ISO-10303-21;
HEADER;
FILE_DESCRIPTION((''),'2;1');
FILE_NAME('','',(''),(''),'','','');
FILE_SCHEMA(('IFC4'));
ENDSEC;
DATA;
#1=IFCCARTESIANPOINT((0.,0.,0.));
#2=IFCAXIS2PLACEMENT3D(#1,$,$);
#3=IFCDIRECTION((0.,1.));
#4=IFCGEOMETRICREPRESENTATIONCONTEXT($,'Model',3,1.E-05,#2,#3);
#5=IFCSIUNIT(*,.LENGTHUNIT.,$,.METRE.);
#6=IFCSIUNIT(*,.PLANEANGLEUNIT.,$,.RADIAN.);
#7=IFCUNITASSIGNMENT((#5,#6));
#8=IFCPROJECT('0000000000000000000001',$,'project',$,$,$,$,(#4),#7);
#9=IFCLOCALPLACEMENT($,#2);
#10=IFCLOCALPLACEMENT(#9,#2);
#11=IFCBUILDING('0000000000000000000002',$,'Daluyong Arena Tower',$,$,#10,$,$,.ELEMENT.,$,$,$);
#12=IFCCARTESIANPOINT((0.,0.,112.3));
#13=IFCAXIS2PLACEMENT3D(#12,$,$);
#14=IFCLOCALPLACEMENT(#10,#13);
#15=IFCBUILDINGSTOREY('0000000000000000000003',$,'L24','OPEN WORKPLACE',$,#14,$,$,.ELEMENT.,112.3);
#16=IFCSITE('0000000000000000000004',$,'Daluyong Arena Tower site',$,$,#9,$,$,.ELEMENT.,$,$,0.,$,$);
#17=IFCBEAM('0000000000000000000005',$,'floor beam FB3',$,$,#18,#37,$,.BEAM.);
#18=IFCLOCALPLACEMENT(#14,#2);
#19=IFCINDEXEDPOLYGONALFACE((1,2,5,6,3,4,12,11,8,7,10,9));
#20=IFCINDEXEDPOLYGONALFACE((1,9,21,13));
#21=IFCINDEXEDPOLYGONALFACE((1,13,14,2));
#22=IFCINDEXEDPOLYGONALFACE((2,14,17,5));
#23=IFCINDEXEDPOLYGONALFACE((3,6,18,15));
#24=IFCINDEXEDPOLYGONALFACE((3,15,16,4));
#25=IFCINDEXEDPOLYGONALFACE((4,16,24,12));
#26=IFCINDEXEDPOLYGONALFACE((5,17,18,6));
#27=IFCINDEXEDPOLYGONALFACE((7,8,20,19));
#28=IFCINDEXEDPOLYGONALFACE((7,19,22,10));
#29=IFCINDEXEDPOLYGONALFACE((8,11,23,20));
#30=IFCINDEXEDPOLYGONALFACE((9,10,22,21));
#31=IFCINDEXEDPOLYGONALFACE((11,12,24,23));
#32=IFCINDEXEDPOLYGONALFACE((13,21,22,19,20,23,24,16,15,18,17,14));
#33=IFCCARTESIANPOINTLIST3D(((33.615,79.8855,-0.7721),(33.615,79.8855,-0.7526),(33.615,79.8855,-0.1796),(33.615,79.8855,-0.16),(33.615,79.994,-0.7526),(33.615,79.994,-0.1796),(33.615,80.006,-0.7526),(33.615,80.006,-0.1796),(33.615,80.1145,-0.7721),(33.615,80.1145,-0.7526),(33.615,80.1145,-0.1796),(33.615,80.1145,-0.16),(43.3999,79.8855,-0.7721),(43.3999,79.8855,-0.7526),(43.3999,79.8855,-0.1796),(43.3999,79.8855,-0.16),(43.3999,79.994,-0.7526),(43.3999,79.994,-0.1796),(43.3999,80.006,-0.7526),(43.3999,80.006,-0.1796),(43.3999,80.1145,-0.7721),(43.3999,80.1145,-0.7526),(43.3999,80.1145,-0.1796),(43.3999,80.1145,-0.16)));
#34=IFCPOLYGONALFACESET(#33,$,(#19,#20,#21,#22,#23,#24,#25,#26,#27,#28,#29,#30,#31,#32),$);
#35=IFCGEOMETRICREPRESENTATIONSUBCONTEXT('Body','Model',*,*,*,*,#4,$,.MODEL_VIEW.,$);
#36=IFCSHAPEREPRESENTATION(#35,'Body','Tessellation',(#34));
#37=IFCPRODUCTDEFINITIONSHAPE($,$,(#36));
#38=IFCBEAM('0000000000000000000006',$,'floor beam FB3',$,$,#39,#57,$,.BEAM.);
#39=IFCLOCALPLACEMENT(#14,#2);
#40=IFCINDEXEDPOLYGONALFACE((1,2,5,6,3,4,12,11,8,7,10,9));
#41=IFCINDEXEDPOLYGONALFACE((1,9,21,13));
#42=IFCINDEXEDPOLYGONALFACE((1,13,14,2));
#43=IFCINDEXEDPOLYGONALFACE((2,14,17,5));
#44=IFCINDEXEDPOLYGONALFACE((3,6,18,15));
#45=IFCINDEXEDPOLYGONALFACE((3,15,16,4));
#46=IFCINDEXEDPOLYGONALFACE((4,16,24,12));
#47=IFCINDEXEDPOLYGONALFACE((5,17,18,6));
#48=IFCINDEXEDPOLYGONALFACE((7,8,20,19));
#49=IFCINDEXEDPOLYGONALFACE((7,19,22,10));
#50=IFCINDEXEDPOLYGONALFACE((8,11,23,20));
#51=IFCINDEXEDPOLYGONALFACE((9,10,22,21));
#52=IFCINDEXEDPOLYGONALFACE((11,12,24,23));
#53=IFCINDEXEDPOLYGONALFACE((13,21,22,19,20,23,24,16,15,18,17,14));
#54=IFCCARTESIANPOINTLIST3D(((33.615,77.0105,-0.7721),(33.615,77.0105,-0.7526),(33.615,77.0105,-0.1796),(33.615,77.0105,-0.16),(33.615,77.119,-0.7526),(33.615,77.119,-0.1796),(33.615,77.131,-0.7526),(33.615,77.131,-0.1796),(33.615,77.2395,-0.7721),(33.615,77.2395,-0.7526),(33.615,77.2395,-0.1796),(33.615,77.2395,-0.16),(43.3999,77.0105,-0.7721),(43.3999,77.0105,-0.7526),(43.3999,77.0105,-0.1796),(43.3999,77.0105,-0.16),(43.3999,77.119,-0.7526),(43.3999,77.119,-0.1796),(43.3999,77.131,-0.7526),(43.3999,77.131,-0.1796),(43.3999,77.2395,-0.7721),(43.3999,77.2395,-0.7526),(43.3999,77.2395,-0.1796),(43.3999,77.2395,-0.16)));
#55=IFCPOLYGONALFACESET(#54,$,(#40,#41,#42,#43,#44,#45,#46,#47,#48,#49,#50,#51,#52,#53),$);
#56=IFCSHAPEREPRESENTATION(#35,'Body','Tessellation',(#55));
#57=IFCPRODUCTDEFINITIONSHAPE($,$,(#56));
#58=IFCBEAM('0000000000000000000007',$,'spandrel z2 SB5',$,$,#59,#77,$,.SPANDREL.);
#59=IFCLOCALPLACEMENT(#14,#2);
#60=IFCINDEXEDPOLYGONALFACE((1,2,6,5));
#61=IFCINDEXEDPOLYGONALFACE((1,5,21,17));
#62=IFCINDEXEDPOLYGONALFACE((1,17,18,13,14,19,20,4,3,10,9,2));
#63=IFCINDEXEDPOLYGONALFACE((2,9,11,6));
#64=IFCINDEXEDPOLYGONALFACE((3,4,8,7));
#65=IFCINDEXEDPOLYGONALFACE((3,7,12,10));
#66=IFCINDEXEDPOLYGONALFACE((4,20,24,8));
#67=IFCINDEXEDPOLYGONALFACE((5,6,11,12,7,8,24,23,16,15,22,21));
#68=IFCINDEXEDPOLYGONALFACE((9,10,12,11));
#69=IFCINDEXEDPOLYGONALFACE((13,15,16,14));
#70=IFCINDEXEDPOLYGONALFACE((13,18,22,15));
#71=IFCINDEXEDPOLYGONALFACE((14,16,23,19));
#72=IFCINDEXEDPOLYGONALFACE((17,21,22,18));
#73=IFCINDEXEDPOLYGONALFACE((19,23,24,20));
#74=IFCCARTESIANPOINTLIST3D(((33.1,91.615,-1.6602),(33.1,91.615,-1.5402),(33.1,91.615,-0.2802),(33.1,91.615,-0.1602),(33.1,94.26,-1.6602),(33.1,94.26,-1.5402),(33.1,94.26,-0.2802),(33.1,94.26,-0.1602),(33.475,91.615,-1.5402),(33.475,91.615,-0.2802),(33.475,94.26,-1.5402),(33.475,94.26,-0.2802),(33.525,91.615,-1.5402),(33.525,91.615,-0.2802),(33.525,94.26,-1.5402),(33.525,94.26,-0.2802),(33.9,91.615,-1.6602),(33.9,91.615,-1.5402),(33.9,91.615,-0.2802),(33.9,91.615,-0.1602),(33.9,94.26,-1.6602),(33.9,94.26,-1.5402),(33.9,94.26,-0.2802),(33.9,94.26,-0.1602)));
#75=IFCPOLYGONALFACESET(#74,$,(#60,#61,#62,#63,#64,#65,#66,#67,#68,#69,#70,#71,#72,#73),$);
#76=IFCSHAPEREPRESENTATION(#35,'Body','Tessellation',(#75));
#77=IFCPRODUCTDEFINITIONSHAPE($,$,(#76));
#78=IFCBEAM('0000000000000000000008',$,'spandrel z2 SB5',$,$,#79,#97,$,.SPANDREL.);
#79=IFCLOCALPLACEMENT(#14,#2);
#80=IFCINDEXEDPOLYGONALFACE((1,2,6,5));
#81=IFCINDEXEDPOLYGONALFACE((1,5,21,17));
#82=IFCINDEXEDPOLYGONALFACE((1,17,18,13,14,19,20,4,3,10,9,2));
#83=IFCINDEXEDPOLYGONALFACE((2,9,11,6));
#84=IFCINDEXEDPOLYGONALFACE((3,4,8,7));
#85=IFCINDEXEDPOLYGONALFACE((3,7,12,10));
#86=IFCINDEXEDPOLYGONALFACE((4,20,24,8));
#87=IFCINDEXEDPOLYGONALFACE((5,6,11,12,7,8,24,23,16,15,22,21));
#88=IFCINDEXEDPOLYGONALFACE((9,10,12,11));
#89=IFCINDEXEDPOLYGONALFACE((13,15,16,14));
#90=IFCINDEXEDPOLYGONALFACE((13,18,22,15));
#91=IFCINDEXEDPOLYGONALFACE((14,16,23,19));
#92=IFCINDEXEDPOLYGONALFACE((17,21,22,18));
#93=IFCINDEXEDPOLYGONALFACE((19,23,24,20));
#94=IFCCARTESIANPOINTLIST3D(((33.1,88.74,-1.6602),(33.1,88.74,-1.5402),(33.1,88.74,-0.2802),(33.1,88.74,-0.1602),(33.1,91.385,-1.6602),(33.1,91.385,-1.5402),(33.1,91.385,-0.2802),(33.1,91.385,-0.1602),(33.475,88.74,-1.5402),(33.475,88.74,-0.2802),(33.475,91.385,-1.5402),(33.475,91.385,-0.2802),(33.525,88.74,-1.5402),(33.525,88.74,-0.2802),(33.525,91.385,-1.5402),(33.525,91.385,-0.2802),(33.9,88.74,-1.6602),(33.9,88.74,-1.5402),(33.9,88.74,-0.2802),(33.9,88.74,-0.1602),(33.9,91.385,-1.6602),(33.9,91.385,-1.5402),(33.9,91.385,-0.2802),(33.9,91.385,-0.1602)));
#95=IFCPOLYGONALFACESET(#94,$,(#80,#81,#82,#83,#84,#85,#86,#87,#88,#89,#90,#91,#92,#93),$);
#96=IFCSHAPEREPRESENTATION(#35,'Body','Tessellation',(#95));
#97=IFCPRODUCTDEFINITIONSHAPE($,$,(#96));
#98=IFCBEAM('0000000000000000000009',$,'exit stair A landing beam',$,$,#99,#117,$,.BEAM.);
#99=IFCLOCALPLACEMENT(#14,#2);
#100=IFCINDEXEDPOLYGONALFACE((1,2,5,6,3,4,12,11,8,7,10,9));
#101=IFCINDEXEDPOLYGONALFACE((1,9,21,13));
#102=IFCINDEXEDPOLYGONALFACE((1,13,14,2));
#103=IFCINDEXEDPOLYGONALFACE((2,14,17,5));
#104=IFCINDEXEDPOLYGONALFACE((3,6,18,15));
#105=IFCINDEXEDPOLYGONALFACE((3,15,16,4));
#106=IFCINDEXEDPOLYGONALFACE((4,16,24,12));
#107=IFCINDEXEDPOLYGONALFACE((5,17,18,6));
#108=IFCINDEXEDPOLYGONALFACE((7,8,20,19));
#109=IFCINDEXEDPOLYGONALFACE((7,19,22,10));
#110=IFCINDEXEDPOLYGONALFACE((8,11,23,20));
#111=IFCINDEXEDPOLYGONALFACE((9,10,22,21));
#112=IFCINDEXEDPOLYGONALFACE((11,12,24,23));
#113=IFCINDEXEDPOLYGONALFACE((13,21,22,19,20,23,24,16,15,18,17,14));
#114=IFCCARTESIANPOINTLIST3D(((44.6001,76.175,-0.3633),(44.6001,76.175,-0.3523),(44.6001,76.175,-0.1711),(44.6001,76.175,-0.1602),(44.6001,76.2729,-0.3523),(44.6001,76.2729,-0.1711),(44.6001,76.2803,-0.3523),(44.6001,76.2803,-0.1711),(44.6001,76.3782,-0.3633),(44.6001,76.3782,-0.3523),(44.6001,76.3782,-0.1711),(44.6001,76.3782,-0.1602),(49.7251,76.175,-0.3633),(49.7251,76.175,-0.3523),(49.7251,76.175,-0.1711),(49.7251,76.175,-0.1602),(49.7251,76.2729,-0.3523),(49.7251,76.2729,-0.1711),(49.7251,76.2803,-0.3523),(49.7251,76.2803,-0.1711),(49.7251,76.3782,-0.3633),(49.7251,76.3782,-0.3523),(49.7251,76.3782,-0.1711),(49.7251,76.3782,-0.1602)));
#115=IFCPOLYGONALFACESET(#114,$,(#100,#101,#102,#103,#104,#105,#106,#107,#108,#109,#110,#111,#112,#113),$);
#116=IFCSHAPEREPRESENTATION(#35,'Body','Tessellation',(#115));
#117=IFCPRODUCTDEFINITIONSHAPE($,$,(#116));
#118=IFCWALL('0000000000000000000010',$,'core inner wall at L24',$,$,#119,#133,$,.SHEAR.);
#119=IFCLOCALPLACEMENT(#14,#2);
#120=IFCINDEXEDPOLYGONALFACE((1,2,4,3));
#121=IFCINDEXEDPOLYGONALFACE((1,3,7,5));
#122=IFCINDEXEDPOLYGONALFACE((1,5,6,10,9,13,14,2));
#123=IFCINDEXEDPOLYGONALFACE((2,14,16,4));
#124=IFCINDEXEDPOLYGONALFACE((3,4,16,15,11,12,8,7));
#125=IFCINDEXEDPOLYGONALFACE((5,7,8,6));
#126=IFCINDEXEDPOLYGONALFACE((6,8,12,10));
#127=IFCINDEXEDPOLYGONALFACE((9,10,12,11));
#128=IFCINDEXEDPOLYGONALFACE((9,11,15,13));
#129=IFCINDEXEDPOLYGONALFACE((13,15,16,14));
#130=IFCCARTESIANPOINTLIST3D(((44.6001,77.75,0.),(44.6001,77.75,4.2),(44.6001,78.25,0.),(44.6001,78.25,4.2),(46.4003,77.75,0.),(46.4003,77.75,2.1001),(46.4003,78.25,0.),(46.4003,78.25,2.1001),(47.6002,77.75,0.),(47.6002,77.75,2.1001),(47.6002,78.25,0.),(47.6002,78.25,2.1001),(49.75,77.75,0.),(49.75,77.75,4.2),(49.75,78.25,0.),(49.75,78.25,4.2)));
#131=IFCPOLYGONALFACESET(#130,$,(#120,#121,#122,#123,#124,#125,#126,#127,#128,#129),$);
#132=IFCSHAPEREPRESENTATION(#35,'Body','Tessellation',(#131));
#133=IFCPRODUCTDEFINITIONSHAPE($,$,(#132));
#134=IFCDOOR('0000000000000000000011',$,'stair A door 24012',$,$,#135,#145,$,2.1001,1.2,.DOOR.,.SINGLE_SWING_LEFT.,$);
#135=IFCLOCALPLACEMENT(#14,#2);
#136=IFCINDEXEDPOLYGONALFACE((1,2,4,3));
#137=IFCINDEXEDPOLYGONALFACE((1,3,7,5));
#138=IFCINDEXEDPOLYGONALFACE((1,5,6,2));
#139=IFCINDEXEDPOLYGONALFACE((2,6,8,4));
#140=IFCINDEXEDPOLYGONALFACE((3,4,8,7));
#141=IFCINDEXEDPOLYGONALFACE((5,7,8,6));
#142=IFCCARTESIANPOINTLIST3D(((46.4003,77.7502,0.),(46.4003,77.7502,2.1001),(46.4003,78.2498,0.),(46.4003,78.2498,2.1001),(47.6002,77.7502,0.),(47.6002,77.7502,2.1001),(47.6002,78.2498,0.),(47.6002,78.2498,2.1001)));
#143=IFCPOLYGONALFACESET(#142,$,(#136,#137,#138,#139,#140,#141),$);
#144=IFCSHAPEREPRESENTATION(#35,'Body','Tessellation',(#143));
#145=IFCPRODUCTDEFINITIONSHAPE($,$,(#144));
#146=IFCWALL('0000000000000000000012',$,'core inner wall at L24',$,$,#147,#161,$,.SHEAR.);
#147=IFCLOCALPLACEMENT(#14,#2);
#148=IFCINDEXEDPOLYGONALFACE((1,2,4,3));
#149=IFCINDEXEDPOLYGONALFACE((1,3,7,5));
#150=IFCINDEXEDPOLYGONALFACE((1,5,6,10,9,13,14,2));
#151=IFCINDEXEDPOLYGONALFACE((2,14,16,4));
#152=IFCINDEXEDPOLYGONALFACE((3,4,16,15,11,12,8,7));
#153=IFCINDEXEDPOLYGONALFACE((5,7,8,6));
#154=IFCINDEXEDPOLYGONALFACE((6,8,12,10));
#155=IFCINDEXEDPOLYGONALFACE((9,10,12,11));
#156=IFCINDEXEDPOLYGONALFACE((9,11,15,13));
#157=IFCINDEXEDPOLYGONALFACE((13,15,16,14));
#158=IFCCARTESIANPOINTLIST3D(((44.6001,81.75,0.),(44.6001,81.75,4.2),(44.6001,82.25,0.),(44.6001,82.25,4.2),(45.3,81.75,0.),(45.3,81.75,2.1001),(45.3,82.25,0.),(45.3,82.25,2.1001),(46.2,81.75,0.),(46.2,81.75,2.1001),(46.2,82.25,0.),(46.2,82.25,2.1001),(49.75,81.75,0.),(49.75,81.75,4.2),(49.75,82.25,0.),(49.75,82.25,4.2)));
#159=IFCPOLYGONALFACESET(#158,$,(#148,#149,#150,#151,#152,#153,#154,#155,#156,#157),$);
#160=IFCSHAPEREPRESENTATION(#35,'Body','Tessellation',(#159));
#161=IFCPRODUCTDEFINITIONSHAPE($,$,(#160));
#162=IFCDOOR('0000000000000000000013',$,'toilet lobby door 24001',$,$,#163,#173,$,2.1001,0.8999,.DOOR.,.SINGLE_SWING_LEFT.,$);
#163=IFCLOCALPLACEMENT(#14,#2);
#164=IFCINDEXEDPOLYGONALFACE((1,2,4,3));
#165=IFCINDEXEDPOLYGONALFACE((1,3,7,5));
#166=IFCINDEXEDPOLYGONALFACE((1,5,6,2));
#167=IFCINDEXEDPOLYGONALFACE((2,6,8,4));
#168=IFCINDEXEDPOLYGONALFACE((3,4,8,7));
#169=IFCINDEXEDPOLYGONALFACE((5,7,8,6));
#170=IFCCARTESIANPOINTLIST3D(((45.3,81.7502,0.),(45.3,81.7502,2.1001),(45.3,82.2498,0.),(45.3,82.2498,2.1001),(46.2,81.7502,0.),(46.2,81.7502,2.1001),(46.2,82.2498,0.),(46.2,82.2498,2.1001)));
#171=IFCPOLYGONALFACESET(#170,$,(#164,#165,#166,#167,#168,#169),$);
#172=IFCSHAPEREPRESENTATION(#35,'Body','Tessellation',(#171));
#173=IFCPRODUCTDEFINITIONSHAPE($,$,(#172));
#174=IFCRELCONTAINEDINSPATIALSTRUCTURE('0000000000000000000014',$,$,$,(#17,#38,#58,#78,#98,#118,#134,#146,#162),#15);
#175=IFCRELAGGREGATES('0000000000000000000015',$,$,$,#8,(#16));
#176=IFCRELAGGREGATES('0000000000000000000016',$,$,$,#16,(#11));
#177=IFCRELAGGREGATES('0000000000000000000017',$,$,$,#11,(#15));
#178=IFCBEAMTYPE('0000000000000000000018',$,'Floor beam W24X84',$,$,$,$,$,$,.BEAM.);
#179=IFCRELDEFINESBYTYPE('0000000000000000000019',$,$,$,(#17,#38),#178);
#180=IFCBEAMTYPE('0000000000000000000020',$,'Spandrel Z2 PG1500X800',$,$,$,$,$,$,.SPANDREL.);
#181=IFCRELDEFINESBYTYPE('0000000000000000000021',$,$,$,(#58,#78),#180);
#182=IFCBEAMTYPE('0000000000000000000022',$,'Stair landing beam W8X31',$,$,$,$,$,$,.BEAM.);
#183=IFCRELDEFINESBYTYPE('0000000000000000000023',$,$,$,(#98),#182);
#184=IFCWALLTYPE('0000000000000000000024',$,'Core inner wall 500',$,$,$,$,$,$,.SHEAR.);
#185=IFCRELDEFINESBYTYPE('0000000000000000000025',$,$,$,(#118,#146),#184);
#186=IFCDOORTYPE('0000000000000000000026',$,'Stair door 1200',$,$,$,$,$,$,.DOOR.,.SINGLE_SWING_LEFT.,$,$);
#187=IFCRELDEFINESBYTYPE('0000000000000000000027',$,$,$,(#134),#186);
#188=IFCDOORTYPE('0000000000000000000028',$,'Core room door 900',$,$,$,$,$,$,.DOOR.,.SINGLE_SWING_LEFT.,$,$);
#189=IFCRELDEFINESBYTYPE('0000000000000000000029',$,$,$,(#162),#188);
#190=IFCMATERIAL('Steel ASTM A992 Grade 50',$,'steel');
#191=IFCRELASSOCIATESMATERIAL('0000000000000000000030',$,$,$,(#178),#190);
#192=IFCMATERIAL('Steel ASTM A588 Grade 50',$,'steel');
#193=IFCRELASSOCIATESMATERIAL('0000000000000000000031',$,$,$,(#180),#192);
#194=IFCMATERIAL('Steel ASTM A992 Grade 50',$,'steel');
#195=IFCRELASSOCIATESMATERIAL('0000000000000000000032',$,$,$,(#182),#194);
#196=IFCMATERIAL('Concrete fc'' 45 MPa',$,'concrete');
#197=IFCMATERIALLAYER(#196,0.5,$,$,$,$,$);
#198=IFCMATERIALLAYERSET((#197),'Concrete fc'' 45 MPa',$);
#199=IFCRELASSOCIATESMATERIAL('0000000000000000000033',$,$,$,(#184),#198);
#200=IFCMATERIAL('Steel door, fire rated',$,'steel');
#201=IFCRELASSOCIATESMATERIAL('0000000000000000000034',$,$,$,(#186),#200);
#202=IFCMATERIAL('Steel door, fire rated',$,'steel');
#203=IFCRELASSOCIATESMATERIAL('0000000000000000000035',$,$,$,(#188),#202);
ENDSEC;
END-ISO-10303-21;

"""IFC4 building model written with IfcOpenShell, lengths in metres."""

from ifc_helpers import new_model, si_unit, direction, frame, frame_2d, origin, origin_2d, place, context, subcontext, project, spatial, rectangle, i_section, extrude, material, layer, layer_set, material_profile, profile_set, type_object, element, fill, save


model = new_model("IFC4")

# Units and contexts
model_context = context("Model", 3, precision=1e-05, world=origin(), true_north=direction((0.0, 1.0)))
body_context = subcontext(model_context, "Body", "Model", "MODEL_VIEW")
ifc_project = project(units=[si_unit("LENGTHUNIT", "METRE"), si_unit("PLANEANGLEUNIT", "RADIAN")], contexts=[model_context])

# Site, building, storey
site_placement = place(None, origin())
site = spatial("IfcSite", under=ifc_project, at=site_placement, Name="Daluyong Arena Tower site", CompositionType="ELEMENT", RefElevation=0.0)
building_placement = place(site_placement, origin())
building = spatial("IfcBuilding", under=site, at=building_placement, Name="Daluyong Arena Tower", CompositionType="ELEMENT")
storey_placement = place(building_placement, frame((0.0, 0.0, 112.3)))
storey = spatial("IfcBuildingStorey", under=building, at=storey_placement, Name="L24", Description="OPEN WORKPLACE", CompositionType="ELEMENT", Elevation=112.3)

# Beams
ifc_material_1 = material(Name="Steel ASTM A992 Grade 50", Category="steel")
ifc_material_profile_1 = material_profile(ifc_material_1, i_section(OverallWidth=0.229, OverallDepth=0.6121, WebThickness=0.012, FlangeThickness=0.0195, at=origin_2d()))
ifc_profile_set_1 = profile_set([ifc_material_profile_1], Name="Steel ASTM A992 Grade 50")
beam_type_1 = type_object("IfcBeamType", Name="Floor beam W24X84", PredefinedType="BEAM", material=ifc_profile_set_1)
for number, where, z_axis, x_axis, name in (
    (1, (33.615, 80.0, -0.4661), (1.0, 0.0, 0.0), (0.0, 1.0, 0.0), "floor beam FB3"),
    (2, (33.615, 77.125, -0.4661), (1.0, 0.0, 0.0), (0.0, 1.0, 0.0), "floor beam FB3"),
):
    element("IfcBeam", number, at=place(storey_placement, frame(where, z_axis=z_axis, x_axis=x_axis)), inside=storey, type_object=beam_type_1, Name=name, PredefinedType="BEAM", context=body_context, shape_type="SweptSolid", body=[
        extrude(i_section(OverallWidth=0.229, OverallDepth=0.6121, WebThickness=0.012, FlangeThickness=0.0195, at=origin_2d()), origin(), (0.0, 0.0, 1.0), 9.7849),
    ])
ifc_material_2 = material(Name="Steel ASTM A588 Grade 50", Category="steel")
ifc_material_profile_2 = material_profile(ifc_material_2, i_section(OverallWidth=0.8, OverallDepth=1.5, WebThickness=0.05, FlangeThickness=0.12, at=origin_2d()))
ifc_profile_set_2 = profile_set([ifc_material_profile_2], Name="Steel ASTM A588 Grade 50")
beam_type_2 = type_object("IfcBeamType", Name="Spandrel Z2 PG1500X800", PredefinedType="SPANDREL", material=ifc_profile_set_2)
for number, where, z_axis, x_axis, name in (
    (3, (33.5, 94.26, -0.9102), (0.0, -1.0, 0.0), (1.0, 0.0, 0.0), "spandrel z2 SB5"),
    (4, (33.5, 91.385, -0.9102), (0.0, -1.0, 0.0), (1.0, 0.0, 0.0), "spandrel z2 SB5"),
):
    element("IfcBeam", number, at=place(storey_placement, frame(where, z_axis=z_axis, x_axis=x_axis)), inside=storey, type_object=beam_type_2, Name=name, PredefinedType="SPANDREL", context=body_context, shape_type="SweptSolid", body=[
        extrude(i_section(OverallWidth=0.8, OverallDepth=1.5, WebThickness=0.05, FlangeThickness=0.12, at=origin_2d()), origin(), (0.0, 0.0, 1.0), 2.645),
    ])
ifc_material_3 = material(Name="Steel ASTM A992 Grade 50", Category="steel")
ifc_material_profile_3 = material_profile(ifc_material_3, i_section(OverallWidth=0.2031, OverallDepth=0.2031, WebThickness=0.0073, FlangeThickness=0.011, at=origin_2d()))
ifc_profile_set_3 = profile_set([ifc_material_profile_3], Name="Steel ASTM A992 Grade 50")
beam_type_3 = type_object("IfcBeamType", Name="Stair landing beam W8X31", PredefinedType="BEAM", material=ifc_profile_set_3)
beam_1_placement = place(storey_placement, frame((44.6001, 76.2766, -0.2617), z_axis=(1.0, 0.0, 0.0), x_axis=(0.0, 1.0, 0.0)))
element("IfcBeam", 5, at=beam_1_placement, inside=storey, type_object=beam_type_3, Name="exit stair A landing beam", PredefinedType="BEAM", context=body_context, shape_type="SweptSolid", body=[
    extrude(i_section(OverallWidth=0.2031, OverallDepth=0.2031, WebThickness=0.0073, FlangeThickness=0.011, at=origin_2d()), origin(), (0.0, 0.0, 1.0), 5.125),
])

# Walls, openings, doors
ifc_material_4 = material(Name="Concrete fc' 45 MPa", Category="concrete")
ifc_layer = layer(ifc_material_4, 0.5)
ifc_layer_set = layer_set([ifc_layer], Name="Concrete fc' 45 MPa")
wall_type = type_object("IfcWallType", Name="Core inner wall 500", PredefinedType="SHEAR", material=ifc_layer_set)
wall_1_placement = place(storey_placement, frame((44.6001, 78.0, 0.0), z_axis=(0.0, 0.0, 1.0), x_axis=(1.0, 0.0, 0.0)))
wall_1 = element("IfcWall", 6, at=wall_1_placement, inside=storey, type_object=wall_type, Name="core inner wall at L24", PredefinedType="SHEAR", context=body_context, shape_type="SweptSolid", body=[
    extrude(rectangle(XDim=5.1499, YDim=0.5, at=frame_2d((2.575, 0.0))), origin(), (0.0, 0.0, 1.0), 4.2),
])
opening_1_placement = place(wall_1_placement, frame((1.8, 0.0, 0.0)))
opening_1 = element("IfcOpeningElement", 7, at=opening_1_placement, cuts=wall_1, PredefinedType="OPENING", context=body_context, shape_type="SweptSolid", body=[
    extrude(rectangle(XDim=1.2, YDim=2.1001, at=frame_2d((0.6001, 1.05))), frame((0.0, 0.26, 0.0), z_axis=(0.0, -1.0, 0.0), x_axis=(1.0, 0.0, 0.0)), (0.0, 0.0, 1.0), 0.52),
])
ifc_material_5 = material(Name="Steel door, fire rated", Category="steel")
door_type_1 = type_object("IfcDoorType", Name="Stair door 1200", OperationType="SINGLE_SWING_LEFT", PredefinedType="DOOR", material=ifc_material_5)
door_1_placement = place(opening_1_placement, origin())
door_1 = element("IfcDoor", 8, at=door_1_placement, inside=storey, type_object=door_type_1, Name="stair A door 24012", OperationType="SINGLE_SWING_LEFT", OverallHeight=2.1001, OverallWidth=1.2, PredefinedType="DOOR", context=body_context, shape_type="SweptSolid", body=[
    extrude(rectangle(XDim=1.2, YDim=2.1001, at=frame_2d((0.6001, 1.05))), frame((0.0, 0.2498, 0.0), z_axis=(0.0, -1.0, 0.0), x_axis=(1.0, 0.0, 0.0)), (0.0, 0.0, 1.0), 0.4995),
])
fill(opening_1, door_1)
wall_2_placement = place(storey_placement, frame((44.6001, 82.0, 0.0), z_axis=(0.0, 0.0, 1.0), x_axis=(1.0, 0.0, 0.0)))
wall_2 = element("IfcWall", 9, at=wall_2_placement, inside=storey, type_object=wall_type, Name="core inner wall at L24", PredefinedType="SHEAR", context=body_context, shape_type="SweptSolid", body=[
    extrude(rectangle(XDim=5.1499, YDim=0.5, at=frame_2d((2.575, 0.0))), origin(), (0.0, 0.0, 1.0), 4.2),
])
opening_2_placement = place(wall_2_placement, frame((0.7, 0.0, 0.0)))
opening_2 = element("IfcOpeningElement", 10, at=opening_2_placement, cuts=wall_2, PredefinedType="OPENING", context=body_context, shape_type="SweptSolid", body=[
    extrude(rectangle(XDim=0.8999, YDim=2.1001, at=frame_2d((0.45, 1.05))), frame((0.0, 0.26, 0.0), z_axis=(0.0, -1.0, 0.0), x_axis=(1.0, 0.0, 0.0)), (0.0, 0.0, 1.0), 0.52),
])
ifc_material_6 = material(Name="Steel door, fire rated", Category="steel")
door_type_2 = type_object("IfcDoorType", Name="Core room door 900", OperationType="SINGLE_SWING_LEFT", PredefinedType="DOOR", material=ifc_material_6)
door_2_placement = place(opening_2_placement, origin())
door_2 = element("IfcDoor", 11, at=door_2_placement, inside=storey, type_object=door_type_2, Name="toilet lobby door 24001", OperationType="SINGLE_SWING_LEFT", OverallHeight=2.1001, OverallWidth=0.8999, PredefinedType="DOOR", context=body_context, shape_type="SweptSolid", body=[
    extrude(rectangle(XDim=0.8999, YDim=2.1001, at=frame_2d((0.45, 1.05))), frame((0.0, 0.2498, 0.0), z_axis=(0.0, -1.0, 0.0), x_axis=(1.0, 0.0, 0.0)), (0.0, 0.0, 1.0), 0.4995),
])
fill(opening_2, door_2)

save(model, "model.ifc")
